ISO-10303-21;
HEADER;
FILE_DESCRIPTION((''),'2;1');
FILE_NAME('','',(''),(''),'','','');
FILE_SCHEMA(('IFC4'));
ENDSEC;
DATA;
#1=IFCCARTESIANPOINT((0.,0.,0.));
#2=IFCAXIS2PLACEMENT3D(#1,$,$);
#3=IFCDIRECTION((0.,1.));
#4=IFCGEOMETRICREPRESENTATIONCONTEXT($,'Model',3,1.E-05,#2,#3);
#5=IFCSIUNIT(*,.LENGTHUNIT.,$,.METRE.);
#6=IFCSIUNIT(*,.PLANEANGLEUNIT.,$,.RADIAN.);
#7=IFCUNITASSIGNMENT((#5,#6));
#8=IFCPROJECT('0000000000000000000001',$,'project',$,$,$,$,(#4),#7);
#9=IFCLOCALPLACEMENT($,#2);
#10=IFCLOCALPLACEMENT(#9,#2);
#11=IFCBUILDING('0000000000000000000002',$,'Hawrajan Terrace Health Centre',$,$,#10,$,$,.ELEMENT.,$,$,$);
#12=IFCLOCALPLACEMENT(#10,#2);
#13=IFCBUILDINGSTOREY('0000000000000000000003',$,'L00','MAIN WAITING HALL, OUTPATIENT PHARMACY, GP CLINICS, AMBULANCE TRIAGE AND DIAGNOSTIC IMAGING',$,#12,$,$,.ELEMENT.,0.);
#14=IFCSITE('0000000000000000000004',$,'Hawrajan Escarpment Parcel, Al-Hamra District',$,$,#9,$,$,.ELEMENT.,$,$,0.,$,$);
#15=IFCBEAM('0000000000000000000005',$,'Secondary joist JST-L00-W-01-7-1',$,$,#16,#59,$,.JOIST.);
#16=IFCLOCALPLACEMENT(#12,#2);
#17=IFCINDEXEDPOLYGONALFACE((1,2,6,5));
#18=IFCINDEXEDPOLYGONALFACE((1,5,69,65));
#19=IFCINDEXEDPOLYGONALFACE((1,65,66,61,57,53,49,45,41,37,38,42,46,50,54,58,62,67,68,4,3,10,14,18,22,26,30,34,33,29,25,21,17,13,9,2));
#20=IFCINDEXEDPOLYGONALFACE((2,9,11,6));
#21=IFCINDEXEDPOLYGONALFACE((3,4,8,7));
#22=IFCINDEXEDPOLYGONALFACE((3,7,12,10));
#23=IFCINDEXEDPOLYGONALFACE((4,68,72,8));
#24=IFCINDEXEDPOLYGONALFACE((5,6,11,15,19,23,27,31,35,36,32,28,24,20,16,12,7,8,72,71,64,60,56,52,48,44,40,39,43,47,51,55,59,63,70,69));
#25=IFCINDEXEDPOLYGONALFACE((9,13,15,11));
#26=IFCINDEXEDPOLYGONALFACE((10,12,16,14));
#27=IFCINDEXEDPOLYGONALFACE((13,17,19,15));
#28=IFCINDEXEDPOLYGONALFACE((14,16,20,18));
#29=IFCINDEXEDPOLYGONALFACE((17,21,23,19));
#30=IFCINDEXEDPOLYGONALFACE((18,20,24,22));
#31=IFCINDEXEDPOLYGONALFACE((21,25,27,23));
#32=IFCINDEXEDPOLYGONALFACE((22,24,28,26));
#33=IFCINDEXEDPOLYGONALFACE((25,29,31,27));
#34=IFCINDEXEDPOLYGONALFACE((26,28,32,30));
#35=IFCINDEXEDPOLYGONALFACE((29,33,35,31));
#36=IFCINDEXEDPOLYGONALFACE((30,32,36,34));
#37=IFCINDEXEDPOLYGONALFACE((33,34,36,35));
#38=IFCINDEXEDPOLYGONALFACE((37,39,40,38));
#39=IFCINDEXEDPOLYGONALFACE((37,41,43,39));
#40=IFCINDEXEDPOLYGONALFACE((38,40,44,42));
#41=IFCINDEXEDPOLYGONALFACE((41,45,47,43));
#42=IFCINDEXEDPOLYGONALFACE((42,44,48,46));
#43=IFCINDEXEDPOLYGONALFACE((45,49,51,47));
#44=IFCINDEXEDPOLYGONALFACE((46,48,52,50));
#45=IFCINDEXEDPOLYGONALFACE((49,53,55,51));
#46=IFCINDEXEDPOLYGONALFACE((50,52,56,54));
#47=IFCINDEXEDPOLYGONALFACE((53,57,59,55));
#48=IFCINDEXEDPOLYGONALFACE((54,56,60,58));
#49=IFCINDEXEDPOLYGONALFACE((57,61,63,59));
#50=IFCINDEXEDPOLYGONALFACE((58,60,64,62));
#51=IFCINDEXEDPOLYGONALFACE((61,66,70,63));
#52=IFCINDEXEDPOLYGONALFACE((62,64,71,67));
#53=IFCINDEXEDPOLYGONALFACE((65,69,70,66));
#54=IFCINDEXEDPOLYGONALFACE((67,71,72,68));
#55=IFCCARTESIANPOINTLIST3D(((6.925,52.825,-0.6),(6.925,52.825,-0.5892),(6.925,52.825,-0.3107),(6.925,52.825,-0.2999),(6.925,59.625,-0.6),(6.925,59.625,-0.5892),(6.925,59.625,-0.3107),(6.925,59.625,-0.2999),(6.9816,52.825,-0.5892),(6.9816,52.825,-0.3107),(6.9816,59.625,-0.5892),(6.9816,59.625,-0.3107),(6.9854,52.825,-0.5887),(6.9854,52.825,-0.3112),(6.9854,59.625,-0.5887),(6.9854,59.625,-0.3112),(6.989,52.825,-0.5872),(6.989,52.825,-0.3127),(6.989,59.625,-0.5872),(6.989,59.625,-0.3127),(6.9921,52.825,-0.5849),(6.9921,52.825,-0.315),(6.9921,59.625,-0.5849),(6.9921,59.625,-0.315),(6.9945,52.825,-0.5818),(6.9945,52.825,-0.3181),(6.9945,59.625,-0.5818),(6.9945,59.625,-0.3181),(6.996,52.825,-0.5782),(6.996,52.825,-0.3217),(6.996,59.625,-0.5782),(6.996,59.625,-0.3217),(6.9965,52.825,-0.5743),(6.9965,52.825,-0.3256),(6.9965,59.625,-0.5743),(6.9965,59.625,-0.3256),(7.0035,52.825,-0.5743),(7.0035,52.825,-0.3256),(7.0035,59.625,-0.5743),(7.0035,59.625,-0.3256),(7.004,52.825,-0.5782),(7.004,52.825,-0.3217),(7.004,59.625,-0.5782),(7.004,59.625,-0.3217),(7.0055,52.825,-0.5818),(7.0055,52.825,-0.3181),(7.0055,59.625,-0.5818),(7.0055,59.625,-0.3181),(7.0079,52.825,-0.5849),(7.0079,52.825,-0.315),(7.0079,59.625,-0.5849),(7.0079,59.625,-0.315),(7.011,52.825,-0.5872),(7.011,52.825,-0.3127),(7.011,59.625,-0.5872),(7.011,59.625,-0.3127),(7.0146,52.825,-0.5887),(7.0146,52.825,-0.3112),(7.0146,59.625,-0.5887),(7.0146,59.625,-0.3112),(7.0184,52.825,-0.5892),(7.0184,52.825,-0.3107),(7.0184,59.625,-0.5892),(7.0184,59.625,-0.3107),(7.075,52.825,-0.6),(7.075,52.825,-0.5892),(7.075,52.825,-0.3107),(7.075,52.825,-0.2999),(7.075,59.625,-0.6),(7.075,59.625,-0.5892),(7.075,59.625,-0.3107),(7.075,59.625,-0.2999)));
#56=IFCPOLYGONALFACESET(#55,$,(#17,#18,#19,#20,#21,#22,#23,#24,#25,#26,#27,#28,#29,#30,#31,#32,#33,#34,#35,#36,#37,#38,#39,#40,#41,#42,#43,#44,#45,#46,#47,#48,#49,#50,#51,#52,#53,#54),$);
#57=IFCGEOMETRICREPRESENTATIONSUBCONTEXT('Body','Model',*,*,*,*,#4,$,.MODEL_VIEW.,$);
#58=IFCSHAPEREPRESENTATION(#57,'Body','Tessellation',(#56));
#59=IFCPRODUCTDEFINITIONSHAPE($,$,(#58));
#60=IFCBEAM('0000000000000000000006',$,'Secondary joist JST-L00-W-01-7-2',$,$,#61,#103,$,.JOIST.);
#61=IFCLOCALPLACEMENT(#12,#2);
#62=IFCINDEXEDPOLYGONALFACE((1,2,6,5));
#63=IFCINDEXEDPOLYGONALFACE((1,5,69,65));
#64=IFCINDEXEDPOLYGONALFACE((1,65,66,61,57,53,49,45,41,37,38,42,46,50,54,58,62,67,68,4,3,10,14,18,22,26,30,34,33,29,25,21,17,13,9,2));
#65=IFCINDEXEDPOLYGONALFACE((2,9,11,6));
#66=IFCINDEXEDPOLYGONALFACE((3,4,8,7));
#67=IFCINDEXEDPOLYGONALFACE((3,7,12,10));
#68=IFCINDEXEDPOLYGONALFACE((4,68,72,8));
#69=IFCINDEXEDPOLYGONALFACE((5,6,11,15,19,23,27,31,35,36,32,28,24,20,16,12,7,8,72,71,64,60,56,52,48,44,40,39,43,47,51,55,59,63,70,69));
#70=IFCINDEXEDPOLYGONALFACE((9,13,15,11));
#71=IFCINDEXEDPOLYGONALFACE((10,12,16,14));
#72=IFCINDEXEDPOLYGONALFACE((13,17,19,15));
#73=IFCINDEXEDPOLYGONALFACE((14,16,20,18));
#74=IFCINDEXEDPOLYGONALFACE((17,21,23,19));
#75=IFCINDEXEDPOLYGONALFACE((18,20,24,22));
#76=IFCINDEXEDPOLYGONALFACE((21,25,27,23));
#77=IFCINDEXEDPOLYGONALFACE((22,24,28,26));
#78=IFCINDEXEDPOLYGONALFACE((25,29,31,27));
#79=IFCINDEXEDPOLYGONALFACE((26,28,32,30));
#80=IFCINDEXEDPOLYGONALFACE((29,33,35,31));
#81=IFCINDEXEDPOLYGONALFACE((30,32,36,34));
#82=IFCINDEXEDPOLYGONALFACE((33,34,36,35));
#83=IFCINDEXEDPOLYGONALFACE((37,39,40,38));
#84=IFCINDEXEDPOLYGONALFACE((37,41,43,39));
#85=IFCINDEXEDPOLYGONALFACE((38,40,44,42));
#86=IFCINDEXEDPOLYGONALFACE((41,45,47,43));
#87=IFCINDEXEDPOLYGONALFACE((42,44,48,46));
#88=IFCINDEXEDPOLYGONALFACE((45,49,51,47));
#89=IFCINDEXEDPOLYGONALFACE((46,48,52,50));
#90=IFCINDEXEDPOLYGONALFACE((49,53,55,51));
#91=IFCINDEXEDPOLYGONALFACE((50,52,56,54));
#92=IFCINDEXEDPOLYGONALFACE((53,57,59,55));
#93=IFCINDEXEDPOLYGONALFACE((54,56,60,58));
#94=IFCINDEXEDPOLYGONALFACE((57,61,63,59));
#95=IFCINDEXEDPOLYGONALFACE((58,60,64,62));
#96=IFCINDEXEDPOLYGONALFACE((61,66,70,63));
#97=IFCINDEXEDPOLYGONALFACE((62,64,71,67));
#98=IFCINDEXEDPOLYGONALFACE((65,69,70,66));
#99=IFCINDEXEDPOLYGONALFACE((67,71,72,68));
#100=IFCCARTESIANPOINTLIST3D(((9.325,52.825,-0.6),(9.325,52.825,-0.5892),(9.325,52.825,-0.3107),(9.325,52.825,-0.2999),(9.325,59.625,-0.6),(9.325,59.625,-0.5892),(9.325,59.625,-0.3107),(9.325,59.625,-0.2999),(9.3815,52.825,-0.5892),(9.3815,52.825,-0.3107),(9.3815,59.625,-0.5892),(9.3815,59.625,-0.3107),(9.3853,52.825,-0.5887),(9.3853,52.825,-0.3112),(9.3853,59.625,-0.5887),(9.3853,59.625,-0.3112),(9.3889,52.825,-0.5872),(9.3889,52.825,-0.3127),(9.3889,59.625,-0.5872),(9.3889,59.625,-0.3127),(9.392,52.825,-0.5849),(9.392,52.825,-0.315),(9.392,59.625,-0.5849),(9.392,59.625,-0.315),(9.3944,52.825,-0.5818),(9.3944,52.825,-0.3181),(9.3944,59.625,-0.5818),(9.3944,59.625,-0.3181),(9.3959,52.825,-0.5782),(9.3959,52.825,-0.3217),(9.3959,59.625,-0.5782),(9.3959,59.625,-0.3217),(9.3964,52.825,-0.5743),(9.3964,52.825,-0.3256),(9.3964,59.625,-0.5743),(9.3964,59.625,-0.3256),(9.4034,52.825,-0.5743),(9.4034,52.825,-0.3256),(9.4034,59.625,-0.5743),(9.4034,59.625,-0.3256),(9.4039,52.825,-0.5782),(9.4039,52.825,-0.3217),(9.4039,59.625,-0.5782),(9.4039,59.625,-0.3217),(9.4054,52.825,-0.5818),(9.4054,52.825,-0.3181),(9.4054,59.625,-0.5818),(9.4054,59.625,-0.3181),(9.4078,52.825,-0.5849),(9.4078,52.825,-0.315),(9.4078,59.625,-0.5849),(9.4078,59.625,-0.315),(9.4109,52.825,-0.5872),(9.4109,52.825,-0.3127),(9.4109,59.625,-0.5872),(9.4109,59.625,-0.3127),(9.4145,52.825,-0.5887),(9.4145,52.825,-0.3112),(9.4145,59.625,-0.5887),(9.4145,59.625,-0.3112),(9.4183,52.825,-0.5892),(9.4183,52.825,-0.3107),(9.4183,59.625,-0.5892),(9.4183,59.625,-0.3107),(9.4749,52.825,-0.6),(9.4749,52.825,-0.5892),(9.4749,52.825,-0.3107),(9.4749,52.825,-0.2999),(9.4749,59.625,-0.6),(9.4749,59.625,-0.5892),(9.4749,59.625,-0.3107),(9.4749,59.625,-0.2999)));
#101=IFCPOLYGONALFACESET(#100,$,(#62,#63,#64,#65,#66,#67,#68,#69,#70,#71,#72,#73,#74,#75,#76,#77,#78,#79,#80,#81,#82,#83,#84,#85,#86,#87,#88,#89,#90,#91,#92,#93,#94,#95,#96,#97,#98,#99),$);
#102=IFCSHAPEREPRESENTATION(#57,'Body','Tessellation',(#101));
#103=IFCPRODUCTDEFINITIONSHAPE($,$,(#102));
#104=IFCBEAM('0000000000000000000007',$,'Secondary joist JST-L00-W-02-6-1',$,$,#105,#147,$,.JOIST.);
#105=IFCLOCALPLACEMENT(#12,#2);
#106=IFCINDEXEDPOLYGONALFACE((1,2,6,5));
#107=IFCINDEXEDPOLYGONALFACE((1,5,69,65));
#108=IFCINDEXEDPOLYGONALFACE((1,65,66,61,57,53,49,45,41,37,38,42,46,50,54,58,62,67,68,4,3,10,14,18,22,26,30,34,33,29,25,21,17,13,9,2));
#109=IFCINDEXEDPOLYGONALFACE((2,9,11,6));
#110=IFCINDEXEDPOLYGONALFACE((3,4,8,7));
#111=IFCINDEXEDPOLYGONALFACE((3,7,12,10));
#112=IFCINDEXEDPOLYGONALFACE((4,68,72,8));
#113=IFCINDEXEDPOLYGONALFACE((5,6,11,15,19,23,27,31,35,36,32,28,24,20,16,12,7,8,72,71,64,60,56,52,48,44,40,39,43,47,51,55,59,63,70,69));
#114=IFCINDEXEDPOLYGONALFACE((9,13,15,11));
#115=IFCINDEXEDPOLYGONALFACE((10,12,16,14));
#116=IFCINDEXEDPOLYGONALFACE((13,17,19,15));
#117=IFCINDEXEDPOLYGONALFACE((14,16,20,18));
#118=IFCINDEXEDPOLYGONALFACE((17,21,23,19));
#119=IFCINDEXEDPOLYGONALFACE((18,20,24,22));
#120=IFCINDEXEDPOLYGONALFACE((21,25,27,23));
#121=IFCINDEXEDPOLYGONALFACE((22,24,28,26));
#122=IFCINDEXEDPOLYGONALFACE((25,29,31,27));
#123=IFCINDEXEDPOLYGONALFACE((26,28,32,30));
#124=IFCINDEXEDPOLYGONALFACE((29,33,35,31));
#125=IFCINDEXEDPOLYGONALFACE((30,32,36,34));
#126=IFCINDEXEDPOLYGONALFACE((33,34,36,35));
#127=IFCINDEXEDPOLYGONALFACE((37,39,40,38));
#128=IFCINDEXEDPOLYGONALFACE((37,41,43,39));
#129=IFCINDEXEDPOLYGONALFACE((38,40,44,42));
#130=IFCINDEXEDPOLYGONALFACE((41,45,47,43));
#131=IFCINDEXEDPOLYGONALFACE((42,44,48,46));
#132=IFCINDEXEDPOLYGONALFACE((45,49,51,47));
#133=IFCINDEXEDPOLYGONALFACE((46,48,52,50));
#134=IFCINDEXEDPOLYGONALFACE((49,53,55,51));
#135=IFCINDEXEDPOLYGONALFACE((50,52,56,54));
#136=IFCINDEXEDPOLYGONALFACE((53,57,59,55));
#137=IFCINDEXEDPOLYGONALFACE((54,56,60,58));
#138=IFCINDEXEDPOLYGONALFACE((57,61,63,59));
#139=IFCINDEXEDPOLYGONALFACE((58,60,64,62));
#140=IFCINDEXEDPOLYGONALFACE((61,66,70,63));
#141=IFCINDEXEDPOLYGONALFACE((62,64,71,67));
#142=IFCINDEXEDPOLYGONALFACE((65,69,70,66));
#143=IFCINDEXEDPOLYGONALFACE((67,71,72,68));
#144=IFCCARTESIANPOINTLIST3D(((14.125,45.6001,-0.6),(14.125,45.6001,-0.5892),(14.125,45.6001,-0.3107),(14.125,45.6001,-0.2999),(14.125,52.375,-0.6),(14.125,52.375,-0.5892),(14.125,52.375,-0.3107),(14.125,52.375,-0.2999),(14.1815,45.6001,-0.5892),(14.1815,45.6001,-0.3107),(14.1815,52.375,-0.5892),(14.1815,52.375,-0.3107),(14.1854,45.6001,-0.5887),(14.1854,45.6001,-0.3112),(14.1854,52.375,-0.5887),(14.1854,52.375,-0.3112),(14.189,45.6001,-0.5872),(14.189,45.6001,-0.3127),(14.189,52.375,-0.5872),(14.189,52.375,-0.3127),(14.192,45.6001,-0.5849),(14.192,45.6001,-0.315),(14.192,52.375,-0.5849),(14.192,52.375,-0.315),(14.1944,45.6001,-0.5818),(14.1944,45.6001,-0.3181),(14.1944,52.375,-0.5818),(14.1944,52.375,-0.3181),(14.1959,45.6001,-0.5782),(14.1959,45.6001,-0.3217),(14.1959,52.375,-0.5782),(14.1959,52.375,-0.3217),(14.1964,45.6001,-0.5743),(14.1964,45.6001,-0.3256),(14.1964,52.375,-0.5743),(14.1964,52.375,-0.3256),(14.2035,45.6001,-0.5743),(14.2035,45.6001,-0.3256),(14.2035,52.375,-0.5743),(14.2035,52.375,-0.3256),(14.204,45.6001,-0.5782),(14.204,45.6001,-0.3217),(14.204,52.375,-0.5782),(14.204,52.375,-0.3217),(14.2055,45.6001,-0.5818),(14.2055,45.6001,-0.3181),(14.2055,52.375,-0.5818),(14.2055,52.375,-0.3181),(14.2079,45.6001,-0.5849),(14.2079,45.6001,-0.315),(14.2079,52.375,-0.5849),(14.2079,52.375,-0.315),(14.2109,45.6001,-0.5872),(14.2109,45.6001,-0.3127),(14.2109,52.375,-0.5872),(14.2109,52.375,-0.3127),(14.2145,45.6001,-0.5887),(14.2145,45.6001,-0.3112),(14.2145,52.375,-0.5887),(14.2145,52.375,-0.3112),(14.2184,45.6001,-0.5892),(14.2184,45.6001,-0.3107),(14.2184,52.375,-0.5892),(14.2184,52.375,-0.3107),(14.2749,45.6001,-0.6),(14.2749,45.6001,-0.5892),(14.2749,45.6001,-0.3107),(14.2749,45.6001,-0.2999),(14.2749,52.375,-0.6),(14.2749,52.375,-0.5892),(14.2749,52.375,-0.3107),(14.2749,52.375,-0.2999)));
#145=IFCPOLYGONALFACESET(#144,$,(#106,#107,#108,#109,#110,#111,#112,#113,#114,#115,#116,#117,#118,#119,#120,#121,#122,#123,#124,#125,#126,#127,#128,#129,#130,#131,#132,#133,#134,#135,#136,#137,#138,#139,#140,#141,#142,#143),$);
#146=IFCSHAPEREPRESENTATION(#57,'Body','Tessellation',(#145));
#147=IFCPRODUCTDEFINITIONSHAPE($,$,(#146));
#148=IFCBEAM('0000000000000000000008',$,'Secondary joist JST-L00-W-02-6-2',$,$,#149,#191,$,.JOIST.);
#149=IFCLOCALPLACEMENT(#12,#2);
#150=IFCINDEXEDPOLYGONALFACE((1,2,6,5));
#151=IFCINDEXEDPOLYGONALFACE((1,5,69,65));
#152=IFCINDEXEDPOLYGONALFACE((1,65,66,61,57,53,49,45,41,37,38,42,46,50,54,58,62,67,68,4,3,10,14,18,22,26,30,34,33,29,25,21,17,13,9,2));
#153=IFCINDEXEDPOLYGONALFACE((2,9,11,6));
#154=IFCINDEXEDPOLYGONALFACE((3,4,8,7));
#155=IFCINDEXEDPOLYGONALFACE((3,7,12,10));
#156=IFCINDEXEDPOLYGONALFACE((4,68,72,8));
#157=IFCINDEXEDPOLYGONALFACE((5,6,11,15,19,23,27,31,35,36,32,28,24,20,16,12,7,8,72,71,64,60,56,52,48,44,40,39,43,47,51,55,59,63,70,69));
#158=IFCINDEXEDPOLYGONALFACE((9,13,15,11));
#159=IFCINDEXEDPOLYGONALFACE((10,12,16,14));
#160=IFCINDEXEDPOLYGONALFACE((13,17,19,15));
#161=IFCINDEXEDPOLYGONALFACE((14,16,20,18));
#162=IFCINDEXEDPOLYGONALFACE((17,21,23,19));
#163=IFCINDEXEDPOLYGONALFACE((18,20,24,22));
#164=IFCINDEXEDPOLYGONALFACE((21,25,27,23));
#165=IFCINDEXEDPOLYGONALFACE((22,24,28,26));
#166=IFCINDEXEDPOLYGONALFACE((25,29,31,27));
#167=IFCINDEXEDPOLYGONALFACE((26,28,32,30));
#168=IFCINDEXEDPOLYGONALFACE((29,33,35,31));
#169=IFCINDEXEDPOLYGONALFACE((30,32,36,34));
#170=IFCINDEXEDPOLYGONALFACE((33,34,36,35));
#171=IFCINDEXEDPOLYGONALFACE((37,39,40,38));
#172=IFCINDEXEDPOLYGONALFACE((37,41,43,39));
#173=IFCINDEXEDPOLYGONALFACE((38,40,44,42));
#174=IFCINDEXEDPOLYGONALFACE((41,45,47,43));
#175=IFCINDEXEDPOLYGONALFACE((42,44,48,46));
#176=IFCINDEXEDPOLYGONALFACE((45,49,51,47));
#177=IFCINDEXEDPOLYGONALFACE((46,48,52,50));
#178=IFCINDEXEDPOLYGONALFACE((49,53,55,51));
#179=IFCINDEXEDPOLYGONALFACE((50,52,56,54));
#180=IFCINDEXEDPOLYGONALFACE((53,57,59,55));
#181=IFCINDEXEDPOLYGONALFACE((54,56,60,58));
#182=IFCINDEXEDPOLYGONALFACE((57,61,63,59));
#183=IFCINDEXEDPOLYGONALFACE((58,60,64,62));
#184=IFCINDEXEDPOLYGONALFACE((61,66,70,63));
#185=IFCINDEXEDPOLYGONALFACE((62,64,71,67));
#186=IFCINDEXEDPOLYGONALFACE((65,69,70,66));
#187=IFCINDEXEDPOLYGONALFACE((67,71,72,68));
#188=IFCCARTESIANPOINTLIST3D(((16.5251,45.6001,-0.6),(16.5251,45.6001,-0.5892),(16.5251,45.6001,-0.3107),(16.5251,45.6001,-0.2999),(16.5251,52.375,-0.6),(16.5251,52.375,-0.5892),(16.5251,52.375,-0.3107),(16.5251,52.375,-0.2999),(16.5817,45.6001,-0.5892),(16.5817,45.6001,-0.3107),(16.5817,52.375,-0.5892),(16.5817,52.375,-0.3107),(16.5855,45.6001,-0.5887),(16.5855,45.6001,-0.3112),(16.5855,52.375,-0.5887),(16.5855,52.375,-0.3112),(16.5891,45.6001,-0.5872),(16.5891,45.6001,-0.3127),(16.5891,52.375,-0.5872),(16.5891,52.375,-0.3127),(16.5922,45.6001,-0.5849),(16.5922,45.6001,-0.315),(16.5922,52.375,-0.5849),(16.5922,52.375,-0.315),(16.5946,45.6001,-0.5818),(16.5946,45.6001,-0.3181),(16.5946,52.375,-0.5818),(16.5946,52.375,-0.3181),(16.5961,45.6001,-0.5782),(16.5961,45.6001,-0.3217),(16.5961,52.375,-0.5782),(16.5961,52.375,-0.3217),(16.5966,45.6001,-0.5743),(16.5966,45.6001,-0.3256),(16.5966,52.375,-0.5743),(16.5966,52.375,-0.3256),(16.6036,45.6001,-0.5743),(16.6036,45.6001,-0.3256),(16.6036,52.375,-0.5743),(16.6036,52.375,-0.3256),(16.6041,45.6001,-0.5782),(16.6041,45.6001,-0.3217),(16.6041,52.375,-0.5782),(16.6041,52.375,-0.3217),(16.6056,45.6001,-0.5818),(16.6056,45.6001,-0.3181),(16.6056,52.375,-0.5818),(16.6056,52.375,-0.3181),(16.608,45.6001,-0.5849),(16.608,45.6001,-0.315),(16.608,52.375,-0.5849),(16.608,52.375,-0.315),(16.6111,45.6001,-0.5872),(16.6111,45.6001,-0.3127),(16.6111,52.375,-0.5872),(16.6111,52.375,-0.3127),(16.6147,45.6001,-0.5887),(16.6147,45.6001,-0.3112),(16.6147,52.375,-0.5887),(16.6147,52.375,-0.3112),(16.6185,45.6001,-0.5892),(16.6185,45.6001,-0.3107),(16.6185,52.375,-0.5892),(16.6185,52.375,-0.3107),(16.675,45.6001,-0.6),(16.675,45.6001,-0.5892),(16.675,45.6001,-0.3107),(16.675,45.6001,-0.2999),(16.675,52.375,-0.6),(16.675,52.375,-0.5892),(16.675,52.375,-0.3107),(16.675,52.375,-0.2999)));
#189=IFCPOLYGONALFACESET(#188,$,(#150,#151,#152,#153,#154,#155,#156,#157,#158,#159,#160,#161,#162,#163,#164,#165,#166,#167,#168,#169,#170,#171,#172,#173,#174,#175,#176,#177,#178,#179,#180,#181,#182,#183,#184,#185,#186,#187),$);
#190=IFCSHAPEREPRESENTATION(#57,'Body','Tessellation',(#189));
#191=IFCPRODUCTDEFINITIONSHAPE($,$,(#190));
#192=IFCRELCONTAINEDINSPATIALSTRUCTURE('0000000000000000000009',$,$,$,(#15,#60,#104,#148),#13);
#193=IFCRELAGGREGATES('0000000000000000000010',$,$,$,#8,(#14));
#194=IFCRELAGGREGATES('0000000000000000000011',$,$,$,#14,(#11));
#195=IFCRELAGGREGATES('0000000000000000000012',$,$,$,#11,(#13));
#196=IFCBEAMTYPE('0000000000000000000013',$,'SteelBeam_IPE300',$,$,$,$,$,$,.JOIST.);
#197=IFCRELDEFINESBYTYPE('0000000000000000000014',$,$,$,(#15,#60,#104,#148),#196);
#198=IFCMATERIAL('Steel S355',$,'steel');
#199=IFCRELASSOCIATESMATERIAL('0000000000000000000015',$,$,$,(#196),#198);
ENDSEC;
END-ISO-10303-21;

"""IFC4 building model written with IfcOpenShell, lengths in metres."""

from ifc_helpers import new_model, si_unit, direction, frame, origin, origin_2d, place, context, subcontext, project, spatial, i_section, extrude, material, material_profile, profile_set, type_object, element, save


model = new_model("IFC4")

# Units and contexts
model_context = context("Model", 3, precision=1e-05, world=origin(), true_north=direction((0.0, 1.0)))
body_context = subcontext(model_context, "Body", "Model", "MODEL_VIEW")
ifc_project = project(units=[si_unit("LENGTHUNIT", "METRE"), si_unit("PLANEANGLEUNIT", "RADIAN")], contexts=[model_context])

# Site, building, storey
site_placement = place(None, origin())
site = spatial("IfcSite", under=ifc_project, at=site_placement, Name="Hawrajan Escarpment Parcel, Al-Hamra District", CompositionType="ELEMENT", RefElevation=0.0)
building_placement = place(site_placement, origin())
building = spatial("IfcBuilding", under=site, at=building_placement, Name="Hawrajan Terrace Health Centre", CompositionType="ELEMENT")
storey_placement = place(building_placement, origin())
storey = spatial("IfcBuildingStorey", under=building, at=storey_placement, Name="L00", Description="MAIN WAITING HALL, OUTPATIENT PHARMACY, GP CLINICS, AMBULANCE TRIAGE AND DIAGNOSTIC IMAGING", CompositionType="ELEMENT", Elevation=0.0)

# Beams
ifc_material_1 = material(Name="Steel S355", Category="steel")
ifc_material_profile_1 = material_profile(ifc_material_1, i_section(OverallWidth=0.1499, OverallDepth=0.3, WebThickness=0.0071, FlangeThickness=0.0107, FilletRadius=0.0149, at=origin_2d()), Name="IPE 300")
ifc_profile_set_1 = profile_set([ifc_material_profile_1], Name="Steel S355")
beam_type_1 = type_object("IfcBeamType", Name="SteelBeam_IPE300", PredefinedType="JOIST", material=ifc_profile_set_1)
for number, where, z_axis, x_axis, name in (
    (1, (7.0, 52.825, -0.45), (0.0, 1.0, 0.0), (-1.0, 0.0, 0.0), "Secondary joist JST-L00-W-01-7-1"),
    (2, (9.3999, 52.825, -0.45), (0.0, 1.0, 0.0), (-1.0, 0.0, 0.0), "Secondary joist JST-L00-W-01-7-2"),
):
    element("IfcBeam", number, at=place(storey_placement, frame(where, z_axis=z_axis, x_axis=x_axis)), inside=storey, type_object=beam_type_1, Name=name, PredefinedType="JOIST", context=body_context, shape_type="SweptSolid", body=[
        extrude(i_section(OverallWidth=0.1499, OverallDepth=0.3, WebThickness=0.0071, FlangeThickness=0.0107, FilletRadius=0.0149, at=origin_2d()), origin(), (0.0, 0.0, 1.0), 6.8),
    ])
for number, where, z_axis, x_axis, name in (
    (3, (14.2, 45.6001, -0.45), (0.0, 1.0, 0.0), (-1.0, 0.0, 0.0), "Secondary joist JST-L00-W-02-6-1"),
    (4, (16.6001, 45.6001, -0.45), (0.0, 1.0, 0.0), (-1.0, 0.0, 0.0), "Secondary joist JST-L00-W-02-6-2"),
):
    element("IfcBeam", number, at=place(storey_placement, frame(where, z_axis=z_axis, x_axis=x_axis)), inside=storey, type_object=beam_type_1, Name=name, PredefinedType="JOIST", context=body_context, shape_type="SweptSolid", body=[
        extrude(i_section(OverallWidth=0.1499, OverallDepth=0.3, WebThickness=0.0071, FlangeThickness=0.0107, FilletRadius=0.0149, at=origin_2d()), origin(), (0.0, 0.0, 1.0), 6.7749),
    ])

save(model, "model.ifc")
